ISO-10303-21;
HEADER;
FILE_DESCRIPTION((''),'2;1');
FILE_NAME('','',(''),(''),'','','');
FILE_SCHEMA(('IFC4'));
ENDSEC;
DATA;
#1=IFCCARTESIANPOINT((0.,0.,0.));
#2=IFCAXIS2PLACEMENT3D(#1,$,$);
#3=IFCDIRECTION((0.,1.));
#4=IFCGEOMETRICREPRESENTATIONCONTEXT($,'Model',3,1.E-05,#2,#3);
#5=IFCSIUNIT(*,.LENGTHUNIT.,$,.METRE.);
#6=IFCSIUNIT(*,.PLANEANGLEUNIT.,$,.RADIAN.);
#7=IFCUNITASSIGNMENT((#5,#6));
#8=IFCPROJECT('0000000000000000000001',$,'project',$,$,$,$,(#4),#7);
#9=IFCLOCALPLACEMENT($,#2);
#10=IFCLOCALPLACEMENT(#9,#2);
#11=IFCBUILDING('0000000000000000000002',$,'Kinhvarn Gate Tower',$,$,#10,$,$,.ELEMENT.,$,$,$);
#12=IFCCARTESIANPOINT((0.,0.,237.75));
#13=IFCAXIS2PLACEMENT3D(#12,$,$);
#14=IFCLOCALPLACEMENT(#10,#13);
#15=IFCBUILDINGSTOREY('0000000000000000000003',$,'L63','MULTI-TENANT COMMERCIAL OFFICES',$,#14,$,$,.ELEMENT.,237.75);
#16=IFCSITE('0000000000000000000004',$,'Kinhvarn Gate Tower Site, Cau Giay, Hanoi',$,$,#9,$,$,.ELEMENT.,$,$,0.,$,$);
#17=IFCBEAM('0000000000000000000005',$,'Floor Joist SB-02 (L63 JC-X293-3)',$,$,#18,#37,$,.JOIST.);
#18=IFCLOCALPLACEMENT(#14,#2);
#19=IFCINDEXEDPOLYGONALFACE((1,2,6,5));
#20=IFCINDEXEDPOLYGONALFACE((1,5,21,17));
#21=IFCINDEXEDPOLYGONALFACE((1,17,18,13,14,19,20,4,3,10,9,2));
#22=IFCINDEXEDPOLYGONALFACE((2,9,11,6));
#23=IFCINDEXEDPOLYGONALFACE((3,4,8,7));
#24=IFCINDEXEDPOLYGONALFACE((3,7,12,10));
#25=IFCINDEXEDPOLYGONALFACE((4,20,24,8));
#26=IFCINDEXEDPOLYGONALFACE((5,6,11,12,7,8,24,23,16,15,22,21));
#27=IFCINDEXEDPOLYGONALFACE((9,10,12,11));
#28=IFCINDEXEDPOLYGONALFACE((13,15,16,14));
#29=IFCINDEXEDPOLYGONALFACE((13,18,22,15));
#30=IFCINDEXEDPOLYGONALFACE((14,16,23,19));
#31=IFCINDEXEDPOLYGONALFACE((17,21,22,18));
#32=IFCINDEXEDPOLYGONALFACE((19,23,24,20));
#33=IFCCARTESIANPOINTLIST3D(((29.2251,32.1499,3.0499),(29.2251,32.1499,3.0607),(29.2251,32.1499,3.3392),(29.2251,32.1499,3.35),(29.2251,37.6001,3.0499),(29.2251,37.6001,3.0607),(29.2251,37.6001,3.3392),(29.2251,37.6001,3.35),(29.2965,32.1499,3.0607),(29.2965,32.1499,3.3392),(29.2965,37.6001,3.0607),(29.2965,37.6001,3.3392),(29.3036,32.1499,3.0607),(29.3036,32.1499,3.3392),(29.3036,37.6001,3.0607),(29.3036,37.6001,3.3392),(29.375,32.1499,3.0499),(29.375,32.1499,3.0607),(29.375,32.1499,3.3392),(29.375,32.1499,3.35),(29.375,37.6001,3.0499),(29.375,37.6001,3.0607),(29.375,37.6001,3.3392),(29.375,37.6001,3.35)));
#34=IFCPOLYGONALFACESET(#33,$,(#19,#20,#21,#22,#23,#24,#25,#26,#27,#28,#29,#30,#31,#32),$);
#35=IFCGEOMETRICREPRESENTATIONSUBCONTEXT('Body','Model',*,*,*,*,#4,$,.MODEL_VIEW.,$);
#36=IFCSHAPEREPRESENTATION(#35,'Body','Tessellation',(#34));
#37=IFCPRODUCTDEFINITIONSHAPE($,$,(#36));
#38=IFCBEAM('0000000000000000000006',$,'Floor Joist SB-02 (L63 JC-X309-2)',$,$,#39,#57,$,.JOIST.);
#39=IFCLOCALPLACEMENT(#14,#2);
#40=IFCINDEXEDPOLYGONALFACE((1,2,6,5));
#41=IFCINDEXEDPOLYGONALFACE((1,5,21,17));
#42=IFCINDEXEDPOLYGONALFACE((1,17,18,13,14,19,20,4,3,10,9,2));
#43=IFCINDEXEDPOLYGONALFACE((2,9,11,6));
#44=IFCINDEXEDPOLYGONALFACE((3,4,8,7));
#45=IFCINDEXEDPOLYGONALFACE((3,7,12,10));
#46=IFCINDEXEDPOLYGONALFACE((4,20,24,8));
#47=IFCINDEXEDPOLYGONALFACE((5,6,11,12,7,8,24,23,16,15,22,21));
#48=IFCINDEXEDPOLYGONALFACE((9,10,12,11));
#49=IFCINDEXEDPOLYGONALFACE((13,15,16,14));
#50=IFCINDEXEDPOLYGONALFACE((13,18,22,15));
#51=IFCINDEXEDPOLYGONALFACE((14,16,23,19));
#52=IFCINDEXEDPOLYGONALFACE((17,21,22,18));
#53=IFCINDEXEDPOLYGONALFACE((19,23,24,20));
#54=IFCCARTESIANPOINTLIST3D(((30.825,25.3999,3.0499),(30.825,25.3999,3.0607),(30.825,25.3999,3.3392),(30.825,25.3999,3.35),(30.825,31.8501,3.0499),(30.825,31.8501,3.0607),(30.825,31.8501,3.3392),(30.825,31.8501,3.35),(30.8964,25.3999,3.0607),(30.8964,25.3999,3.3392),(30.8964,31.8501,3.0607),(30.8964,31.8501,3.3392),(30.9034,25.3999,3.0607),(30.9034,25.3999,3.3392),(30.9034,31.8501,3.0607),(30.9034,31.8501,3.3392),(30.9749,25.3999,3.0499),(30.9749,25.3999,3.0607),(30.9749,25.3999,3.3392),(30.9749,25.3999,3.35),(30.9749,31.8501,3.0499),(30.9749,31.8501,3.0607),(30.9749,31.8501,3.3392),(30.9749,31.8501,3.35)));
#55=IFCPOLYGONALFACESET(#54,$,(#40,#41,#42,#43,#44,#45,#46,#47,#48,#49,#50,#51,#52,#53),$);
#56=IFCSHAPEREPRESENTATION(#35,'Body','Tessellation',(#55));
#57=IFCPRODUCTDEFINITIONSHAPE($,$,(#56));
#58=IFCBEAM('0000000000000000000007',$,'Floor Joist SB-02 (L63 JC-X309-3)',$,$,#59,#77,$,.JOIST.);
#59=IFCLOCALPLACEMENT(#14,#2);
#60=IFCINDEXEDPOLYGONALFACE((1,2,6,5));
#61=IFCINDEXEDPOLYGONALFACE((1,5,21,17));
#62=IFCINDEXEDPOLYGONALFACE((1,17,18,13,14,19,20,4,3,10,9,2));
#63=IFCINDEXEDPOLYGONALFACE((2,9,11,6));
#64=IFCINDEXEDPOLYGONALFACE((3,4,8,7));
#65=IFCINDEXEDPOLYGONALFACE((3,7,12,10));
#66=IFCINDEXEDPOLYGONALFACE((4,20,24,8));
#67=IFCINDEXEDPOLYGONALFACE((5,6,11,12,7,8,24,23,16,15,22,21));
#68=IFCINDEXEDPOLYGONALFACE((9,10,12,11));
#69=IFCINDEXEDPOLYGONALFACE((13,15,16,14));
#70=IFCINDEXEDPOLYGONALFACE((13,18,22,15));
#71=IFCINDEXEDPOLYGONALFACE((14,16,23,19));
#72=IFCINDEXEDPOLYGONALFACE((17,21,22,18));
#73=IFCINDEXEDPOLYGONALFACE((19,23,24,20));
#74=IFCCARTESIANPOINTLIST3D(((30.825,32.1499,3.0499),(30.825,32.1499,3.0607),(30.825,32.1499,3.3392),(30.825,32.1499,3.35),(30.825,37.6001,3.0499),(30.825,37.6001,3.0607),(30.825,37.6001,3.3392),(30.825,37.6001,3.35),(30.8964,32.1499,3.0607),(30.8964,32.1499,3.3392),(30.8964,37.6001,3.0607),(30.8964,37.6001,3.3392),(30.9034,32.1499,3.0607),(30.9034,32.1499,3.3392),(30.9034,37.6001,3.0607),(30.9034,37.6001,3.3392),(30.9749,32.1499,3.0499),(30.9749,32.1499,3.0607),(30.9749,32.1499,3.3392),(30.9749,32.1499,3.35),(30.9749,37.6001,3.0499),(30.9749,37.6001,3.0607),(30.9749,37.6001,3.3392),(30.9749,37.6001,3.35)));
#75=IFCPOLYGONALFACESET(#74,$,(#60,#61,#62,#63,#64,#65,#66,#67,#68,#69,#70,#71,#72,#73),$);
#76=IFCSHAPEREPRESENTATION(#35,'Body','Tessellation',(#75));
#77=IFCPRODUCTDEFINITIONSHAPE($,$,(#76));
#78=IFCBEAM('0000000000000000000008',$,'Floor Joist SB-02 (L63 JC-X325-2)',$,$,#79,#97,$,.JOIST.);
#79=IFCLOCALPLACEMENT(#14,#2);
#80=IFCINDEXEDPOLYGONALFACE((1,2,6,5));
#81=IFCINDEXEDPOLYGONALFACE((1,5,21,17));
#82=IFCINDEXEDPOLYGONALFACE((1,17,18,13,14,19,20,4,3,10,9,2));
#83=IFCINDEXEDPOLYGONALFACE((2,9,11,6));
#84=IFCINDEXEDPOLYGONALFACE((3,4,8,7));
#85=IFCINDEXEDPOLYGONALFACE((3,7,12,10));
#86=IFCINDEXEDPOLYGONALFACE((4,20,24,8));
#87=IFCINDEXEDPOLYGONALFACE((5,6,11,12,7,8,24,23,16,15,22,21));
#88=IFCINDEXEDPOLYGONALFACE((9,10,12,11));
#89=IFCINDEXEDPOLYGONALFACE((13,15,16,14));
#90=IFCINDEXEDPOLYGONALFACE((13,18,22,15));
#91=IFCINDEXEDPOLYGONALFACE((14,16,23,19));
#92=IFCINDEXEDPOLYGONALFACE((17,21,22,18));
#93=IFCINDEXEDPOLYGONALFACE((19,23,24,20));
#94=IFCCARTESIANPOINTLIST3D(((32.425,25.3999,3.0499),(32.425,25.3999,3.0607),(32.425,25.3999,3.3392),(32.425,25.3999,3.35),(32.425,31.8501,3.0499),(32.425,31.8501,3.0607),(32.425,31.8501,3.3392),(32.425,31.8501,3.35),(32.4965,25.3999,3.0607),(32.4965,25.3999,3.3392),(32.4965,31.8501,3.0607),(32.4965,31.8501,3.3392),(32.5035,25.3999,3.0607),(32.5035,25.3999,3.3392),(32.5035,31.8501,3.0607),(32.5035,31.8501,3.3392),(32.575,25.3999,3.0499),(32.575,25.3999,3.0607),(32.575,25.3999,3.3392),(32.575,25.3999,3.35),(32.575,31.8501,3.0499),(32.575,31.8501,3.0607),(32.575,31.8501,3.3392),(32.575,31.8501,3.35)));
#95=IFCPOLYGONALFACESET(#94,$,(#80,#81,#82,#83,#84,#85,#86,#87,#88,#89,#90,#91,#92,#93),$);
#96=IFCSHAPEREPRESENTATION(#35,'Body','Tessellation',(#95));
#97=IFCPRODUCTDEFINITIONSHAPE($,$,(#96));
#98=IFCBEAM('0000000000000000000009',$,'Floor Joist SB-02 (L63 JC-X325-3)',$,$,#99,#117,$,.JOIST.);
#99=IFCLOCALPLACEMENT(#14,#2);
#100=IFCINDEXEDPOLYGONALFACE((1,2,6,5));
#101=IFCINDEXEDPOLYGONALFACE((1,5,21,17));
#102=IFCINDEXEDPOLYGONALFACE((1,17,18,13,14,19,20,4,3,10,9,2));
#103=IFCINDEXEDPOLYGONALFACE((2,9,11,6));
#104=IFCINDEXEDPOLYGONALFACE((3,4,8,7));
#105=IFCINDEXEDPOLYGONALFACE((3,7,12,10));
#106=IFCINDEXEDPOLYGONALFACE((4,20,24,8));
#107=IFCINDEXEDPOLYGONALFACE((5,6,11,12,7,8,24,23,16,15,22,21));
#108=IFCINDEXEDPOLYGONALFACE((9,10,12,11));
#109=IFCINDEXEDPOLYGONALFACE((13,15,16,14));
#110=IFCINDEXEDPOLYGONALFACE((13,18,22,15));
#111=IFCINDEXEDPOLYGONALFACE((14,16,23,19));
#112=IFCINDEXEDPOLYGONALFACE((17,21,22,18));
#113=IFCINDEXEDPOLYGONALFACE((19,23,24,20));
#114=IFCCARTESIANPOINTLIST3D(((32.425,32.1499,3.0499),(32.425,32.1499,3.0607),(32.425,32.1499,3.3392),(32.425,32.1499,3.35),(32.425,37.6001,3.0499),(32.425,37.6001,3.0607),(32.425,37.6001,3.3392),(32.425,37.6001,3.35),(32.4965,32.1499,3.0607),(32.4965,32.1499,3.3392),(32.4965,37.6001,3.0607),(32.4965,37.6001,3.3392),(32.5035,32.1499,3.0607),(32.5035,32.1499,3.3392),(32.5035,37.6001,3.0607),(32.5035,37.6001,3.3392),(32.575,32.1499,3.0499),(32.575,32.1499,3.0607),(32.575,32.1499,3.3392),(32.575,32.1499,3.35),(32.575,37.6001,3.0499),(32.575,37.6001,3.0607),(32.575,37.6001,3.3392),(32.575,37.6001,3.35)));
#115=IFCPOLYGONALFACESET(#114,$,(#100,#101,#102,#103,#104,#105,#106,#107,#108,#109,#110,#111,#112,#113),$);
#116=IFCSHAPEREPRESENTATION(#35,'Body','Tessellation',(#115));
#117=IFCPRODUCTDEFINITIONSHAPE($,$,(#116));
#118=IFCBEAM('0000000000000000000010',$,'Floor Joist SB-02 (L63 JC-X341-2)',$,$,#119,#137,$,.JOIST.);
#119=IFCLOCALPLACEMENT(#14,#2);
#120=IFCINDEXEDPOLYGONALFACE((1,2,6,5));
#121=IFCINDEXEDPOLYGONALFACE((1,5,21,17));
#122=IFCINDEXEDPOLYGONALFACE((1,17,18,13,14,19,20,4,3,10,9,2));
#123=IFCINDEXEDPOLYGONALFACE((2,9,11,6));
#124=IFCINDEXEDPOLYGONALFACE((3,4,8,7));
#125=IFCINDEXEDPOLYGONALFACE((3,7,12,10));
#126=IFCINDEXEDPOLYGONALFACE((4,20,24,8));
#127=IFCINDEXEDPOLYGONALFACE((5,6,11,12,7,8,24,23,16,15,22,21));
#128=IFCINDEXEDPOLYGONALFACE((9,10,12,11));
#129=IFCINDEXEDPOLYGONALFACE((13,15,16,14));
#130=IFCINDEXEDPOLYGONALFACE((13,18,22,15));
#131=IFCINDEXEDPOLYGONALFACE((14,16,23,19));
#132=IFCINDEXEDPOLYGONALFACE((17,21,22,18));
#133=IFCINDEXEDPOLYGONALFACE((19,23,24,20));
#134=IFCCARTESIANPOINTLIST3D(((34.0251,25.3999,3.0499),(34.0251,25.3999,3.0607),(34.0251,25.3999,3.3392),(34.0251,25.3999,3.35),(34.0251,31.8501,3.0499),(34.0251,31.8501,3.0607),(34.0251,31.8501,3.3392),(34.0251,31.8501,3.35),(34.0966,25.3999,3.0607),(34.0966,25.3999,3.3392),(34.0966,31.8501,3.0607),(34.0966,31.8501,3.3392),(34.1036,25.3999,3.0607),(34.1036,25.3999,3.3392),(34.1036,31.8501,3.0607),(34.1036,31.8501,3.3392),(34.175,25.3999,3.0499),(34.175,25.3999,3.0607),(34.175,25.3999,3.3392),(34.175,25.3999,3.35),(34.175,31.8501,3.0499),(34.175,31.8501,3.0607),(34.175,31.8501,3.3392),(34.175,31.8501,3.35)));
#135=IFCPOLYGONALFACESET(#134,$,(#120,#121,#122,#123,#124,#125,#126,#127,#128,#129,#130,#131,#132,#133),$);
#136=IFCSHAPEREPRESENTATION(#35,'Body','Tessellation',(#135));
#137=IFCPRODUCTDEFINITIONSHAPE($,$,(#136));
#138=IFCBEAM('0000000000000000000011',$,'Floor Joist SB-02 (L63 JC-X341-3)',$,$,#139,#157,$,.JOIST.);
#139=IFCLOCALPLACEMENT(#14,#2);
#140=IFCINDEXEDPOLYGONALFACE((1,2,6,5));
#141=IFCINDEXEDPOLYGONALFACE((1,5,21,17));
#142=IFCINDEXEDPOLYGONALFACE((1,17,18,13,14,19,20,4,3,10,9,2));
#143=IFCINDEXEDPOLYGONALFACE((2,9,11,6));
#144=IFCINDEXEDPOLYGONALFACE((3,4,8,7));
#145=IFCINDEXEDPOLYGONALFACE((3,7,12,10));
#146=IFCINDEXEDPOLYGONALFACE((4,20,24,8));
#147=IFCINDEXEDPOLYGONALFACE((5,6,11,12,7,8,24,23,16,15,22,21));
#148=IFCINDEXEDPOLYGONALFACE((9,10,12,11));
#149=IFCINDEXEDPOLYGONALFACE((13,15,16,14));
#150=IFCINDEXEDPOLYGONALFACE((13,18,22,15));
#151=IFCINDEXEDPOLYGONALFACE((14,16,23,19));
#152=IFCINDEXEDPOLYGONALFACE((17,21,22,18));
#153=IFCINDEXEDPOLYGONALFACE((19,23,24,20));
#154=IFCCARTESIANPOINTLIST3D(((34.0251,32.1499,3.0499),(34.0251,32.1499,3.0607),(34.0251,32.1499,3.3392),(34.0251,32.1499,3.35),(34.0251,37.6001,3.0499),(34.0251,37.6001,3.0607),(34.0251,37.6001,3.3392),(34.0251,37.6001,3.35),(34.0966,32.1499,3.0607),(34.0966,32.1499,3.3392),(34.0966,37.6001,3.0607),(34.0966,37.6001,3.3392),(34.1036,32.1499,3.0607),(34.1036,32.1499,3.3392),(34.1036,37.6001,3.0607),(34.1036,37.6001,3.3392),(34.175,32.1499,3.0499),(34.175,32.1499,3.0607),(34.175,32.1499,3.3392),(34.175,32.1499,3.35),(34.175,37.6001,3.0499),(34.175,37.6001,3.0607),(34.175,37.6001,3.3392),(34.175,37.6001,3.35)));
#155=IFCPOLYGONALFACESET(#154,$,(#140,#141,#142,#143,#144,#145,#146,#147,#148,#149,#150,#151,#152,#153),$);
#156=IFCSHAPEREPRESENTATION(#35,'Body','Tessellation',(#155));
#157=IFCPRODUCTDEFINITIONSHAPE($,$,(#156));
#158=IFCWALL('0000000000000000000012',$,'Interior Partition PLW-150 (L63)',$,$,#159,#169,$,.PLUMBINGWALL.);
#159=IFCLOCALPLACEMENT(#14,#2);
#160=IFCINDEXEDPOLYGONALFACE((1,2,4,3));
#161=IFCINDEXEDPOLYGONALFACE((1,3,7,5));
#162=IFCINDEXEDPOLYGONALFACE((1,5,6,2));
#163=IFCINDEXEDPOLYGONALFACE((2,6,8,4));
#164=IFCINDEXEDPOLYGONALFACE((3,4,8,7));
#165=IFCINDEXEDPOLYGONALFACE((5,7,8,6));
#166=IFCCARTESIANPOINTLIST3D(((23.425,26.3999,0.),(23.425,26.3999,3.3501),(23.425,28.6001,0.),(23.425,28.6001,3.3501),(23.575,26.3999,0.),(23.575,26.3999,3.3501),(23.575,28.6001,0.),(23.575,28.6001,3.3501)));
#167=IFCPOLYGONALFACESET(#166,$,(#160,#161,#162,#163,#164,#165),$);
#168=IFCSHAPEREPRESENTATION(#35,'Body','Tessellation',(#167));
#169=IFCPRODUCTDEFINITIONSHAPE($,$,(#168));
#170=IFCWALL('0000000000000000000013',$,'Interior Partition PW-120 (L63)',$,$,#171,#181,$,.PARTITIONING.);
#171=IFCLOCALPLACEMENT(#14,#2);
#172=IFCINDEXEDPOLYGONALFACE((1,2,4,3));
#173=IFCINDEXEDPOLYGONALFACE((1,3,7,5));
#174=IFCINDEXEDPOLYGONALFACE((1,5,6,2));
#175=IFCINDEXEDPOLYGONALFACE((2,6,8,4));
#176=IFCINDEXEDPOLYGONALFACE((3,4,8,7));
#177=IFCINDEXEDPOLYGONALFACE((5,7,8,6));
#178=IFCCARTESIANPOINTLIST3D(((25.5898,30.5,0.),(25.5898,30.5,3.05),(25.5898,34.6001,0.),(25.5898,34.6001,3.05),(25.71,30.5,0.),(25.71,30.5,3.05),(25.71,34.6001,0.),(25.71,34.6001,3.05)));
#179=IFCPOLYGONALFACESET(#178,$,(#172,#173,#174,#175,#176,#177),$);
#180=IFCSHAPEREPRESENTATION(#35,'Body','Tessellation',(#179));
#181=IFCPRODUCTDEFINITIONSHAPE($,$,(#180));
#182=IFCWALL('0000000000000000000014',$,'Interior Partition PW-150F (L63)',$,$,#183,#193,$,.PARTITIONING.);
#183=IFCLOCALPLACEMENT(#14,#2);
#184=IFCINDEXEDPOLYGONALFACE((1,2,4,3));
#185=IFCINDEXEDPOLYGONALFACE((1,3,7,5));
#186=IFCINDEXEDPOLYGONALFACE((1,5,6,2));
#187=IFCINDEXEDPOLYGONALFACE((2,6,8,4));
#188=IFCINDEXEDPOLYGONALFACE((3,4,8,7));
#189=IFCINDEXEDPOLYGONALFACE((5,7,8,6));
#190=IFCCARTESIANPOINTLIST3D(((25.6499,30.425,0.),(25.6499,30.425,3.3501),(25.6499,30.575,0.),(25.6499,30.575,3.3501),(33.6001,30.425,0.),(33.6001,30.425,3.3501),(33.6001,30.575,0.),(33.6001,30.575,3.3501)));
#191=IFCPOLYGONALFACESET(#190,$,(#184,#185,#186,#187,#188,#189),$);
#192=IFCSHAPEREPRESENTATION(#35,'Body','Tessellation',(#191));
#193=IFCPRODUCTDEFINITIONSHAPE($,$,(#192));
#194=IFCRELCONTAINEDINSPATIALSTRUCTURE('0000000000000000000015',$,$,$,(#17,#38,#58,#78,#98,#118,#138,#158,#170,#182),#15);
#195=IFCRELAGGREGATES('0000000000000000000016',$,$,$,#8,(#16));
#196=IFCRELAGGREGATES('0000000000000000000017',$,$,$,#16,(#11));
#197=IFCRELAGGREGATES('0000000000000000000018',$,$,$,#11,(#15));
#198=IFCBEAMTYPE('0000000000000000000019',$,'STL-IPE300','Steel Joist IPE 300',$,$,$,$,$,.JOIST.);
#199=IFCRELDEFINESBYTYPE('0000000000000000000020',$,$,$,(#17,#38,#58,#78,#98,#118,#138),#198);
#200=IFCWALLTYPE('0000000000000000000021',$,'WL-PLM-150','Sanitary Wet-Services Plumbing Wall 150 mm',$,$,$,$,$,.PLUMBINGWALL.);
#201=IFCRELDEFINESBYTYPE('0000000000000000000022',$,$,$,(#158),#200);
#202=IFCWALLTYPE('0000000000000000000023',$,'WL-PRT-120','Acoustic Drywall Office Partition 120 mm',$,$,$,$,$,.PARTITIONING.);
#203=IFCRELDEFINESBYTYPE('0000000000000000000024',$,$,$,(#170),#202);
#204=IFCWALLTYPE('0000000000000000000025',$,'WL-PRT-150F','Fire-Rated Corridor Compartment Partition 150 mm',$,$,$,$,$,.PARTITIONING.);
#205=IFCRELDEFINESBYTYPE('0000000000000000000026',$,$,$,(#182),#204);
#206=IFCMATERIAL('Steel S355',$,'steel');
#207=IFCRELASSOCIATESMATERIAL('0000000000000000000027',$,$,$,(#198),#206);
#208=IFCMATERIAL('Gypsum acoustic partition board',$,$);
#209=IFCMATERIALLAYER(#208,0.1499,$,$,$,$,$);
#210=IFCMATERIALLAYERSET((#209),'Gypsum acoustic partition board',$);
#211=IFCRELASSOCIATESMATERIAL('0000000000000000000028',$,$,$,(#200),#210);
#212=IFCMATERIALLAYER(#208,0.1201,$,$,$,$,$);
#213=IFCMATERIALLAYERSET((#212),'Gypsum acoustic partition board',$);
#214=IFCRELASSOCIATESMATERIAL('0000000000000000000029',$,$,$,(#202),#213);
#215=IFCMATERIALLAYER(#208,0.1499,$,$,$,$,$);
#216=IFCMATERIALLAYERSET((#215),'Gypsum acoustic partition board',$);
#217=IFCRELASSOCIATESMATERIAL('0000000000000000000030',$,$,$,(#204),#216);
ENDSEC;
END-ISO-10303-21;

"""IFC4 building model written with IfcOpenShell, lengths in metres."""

from ifc_helpers import new_model, si_unit, direction, frame, frame_2d, origin, origin_2d, place, context, subcontext, project, spatial, rectangle, i_section, extrude, material, layer, layer_set, material_profile, profile_set, type_object, element, save


model = new_model("IFC4")

# Units and contexts
model_context = context("Model", 3, precision=1e-05, world=origin(), true_north=direction((0.0, 1.0)))
body_context = subcontext(model_context, "Body", "Model", "MODEL_VIEW")
ifc_project = project(units=[si_unit("LENGTHUNIT", "METRE"), si_unit("PLANEANGLEUNIT", "RADIAN")], contexts=[model_context])

# Site, building, storey
site_placement = place(None, origin())
site = spatial("IfcSite", under=ifc_project, at=site_placement, Name="Kinhvarn Gate Tower Site, Cau Giay, Hanoi", CompositionType="ELEMENT", RefElevation=0.0)
building_placement = place(site_placement, origin())
building = spatial("IfcBuilding", under=site, at=building_placement, Name="Kinhvarn Gate Tower", CompositionType="ELEMENT")
storey_placement = place(building_placement, frame((0.0, 0.0, 237.75)))
storey = spatial("IfcBuildingStorey", under=building, at=storey_placement, Name="L63", Description="MULTI-TENANT COMMERCIAL OFFICES", CompositionType="ELEMENT", Elevation=237.75)

# Beams
ifc_material_1 = material(Name="Steel S355", Category="steel")
ifc_material_profile = material_profile(ifc_material_1, i_section(OverallWidth=0.1499, OverallDepth=0.3, WebThickness=0.0071, FlangeThickness=0.0107, at=origin_2d()), Name="IPE 300")
ifc_profile_set = profile_set([ifc_material_profile], Name="Steel S355")
beam_type = type_object("IfcBeamType", Name="STL-IPE300", Description="Steel Joist IPE 300", PredefinedType="JOIST", material=ifc_profile_set)
beam_1_placement = place(storey_placement, frame((29.3, 32.1499, 3.2), z_axis=(0.0, 1.0, 0.0), x_axis=(-1.0, 0.0, 0.0)))
element("IfcBeam", 1, at=beam_1_placement, inside=storey, type_object=beam_type, Name="Floor Joist SB-02 (L63 JC-X293-3)", PredefinedType="JOIST", context=body_context, shape_type="SweptSolid", body=[
    extrude(i_section(OverallWidth=0.1499, OverallDepth=0.3, WebThickness=0.0071, FlangeThickness=0.0107, at=origin_2d()), origin(), (0.0, 0.0, 1.0), 5.4502),
])
beam_2_placement = place(storey_placement, frame((30.8999, 25.3999, 3.2), z_axis=(0.0, 1.0, 0.0), x_axis=(-1.0, 0.0, 0.0)))
element("IfcBeam", 2, at=beam_2_placement, inside=storey, type_object=beam_type, Name="Floor Joist SB-02 (L63 JC-X309-2)", PredefinedType="JOIST", context=body_context, shape_type="SweptSolid", body=[
    extrude(i_section(OverallWidth=0.1499, OverallDepth=0.3, WebThickness=0.0071, FlangeThickness=0.0107, at=origin_2d()), origin(), (0.0, 0.0, 1.0), 6.4502),
])
beam_3_placement = place(storey_placement, frame((30.8999, 32.1499, 3.2), z_axis=(0.0, 1.0, 0.0), x_axis=(-1.0, 0.0, 0.0)))
element("IfcBeam", 3, at=beam_3_placement, inside=storey, type_object=beam_type, Name="Floor Joist SB-02 (L63 JC-X309-3)", PredefinedType="JOIST", context=body_context, shape_type="SweptSolid", body=[
    extrude(i_section(OverallWidth=0.1499, OverallDepth=0.3, WebThickness=0.0071, FlangeThickness=0.0107, at=origin_2d()), origin(), (0.0, 0.0, 1.0), 5.4502),
])
beam_4_placement = place(storey_placement, frame((32.5, 25.3999, 3.2), z_axis=(0.0, 1.0, 0.0), x_axis=(-1.0, 0.0, 0.0)))
element("IfcBeam", 4, at=beam_4_placement, inside=storey, type_object=beam_type, Name="Floor Joist SB-02 (L63 JC-X325-2)", PredefinedType="JOIST", context=body_context, shape_type="SweptSolid", body=[
    extrude(i_section(OverallWidth=0.1499, OverallDepth=0.3, WebThickness=0.0071, FlangeThickness=0.0107, at=origin_2d()), origin(), (0.0, 0.0, 1.0), 6.4502),
])
beam_5_placement = place(storey_placement, frame((32.5, 32.1499, 3.2), z_axis=(0.0, 1.0, 0.0), x_axis=(-1.0, 0.0, 0.0)))
element("IfcBeam", 5, at=beam_5_placement, inside=storey, type_object=beam_type, Name="Floor Joist SB-02 (L63 JC-X325-3)", PredefinedType="JOIST", context=body_context, shape_type="SweptSolid", body=[
    extrude(i_section(OverallWidth=0.1499, OverallDepth=0.3, WebThickness=0.0071, FlangeThickness=0.0107, at=origin_2d()), origin(), (0.0, 0.0, 1.0), 5.4502),
])
beam_6_placement = place(storey_placement, frame((34.1001, 25.3999, 3.2), z_axis=(0.0, 1.0, 0.0), x_axis=(-1.0, 0.0, 0.0)))
element("IfcBeam", 6, at=beam_6_placement, inside=storey, type_object=beam_type, Name="Floor Joist SB-02 (L63 JC-X341-2)", PredefinedType="JOIST", context=body_context, shape_type="SweptSolid", body=[
    extrude(i_section(OverallWidth=0.1499, OverallDepth=0.3, WebThickness=0.0071, FlangeThickness=0.0107, at=origin_2d()), origin(), (0.0, 0.0, 1.0), 6.4502),
])
beam_7_placement = place(storey_placement, frame((34.1001, 32.1499, 3.2), z_axis=(0.0, 1.0, 0.0), x_axis=(-1.0, 0.0, 0.0)))
element("IfcBeam", 7, at=beam_7_placement, inside=storey, type_object=beam_type, Name="Floor Joist SB-02 (L63 JC-X341-3)", PredefinedType="JOIST", context=body_context, shape_type="SweptSolid", body=[
    extrude(i_section(OverallWidth=0.1499, OverallDepth=0.3, WebThickness=0.0071, FlangeThickness=0.0107, at=origin_2d()), origin(), (0.0, 0.0, 1.0), 5.4502),
])

# Walls
ifc_material_2 = material(Name="Gypsum acoustic partition board")
ifc_layer_1 = layer(ifc_material_2, 0.1499)
ifc_layer_set_1 = layer_set([ifc_layer_1], Name="Gypsum acoustic partition board")
wall_type_1 = type_object("IfcWallType", Name="WL-PLM-150", Description="Sanitary Wet-Services Plumbing Wall 150 mm", PredefinedType="PLUMBINGWALL", material=ifc_layer_set_1)
wall_1_placement = place(storey_placement, frame((23.5, 26.3999, 0.0), z_axis=(0.0, 0.0, 1.0), x_axis=(0.0, 1.0, 0.0)))
element("IfcWall", 8, at=wall_1_placement, inside=storey, type_object=wall_type_1, Name="Interior Partition PLW-150 (L63)", PredefinedType="PLUMBINGWALL", context=body_context, shape_type="SweptSolid", body=[
    extrude(rectangle(XDim=2.2002, YDim=0.1499, at=frame_2d((1.1001, 0.0))), origin(), (0.0, 0.0, 1.0), 3.3501),
])
ifc_layer_2 = layer(ifc_material_2, 0.1201)
ifc_layer_set_2 = layer_set([ifc_layer_2], Name="Gypsum acoustic partition board")
wall_type_2 = type_object("IfcWallType", Name="WL-PRT-120", Description="Acoustic Drywall Office Partition 120 mm", PredefinedType="PARTITIONING", material=ifc_layer_set_2)
wall_2_placement = place(storey_placement, frame((25.6499, 30.5, 0.0), z_axis=(0.0, 0.0, 1.0), x_axis=(0.0, 1.0, 0.0)))
element("IfcWall", 9, at=wall_2_placement, inside=storey, type_object=wall_type_2, Name="Interior Partition PW-120 (L63)", PredefinedType="PARTITIONING", context=body_context, shape_type="SweptSolid", body=[
    extrude(rectangle(XDim=4.1001, YDim=0.1201, at=frame_2d((2.05, 0.0))), origin(), (0.0, 0.0, 1.0), 3.05),
])
ifc_layer_3 = layer(ifc_material_2, 0.1499)
ifc_layer_set_3 = layer_set([ifc_layer_3], Name="Gypsum acoustic partition board")
wall_type_3 = type_object("IfcWallType", Name="WL-PRT-150F", Description="Fire-Rated Corridor Compartment Partition 150 mm", PredefinedType="PARTITIONING", material=ifc_layer_set_3)
wall_3_placement = place(storey_placement, frame((25.6499, 30.5, 0.0), z_axis=(0.0, 0.0, 1.0), x_axis=(1.0, 0.0, 0.0)))
element("IfcWall", 10, at=wall_3_placement, inside=storey, type_object=wall_type_3, Name="Interior Partition PW-150F (L63)", PredefinedType="PARTITIONING", context=body_context, shape_type="SweptSolid", body=[
    extrude(rectangle(XDim=7.9502, YDim=0.1499, at=frame_2d((3.9751, 0.0))), origin(), (0.0, 0.0, 1.0), 3.3501),
])

save(model, "model.ifc")
